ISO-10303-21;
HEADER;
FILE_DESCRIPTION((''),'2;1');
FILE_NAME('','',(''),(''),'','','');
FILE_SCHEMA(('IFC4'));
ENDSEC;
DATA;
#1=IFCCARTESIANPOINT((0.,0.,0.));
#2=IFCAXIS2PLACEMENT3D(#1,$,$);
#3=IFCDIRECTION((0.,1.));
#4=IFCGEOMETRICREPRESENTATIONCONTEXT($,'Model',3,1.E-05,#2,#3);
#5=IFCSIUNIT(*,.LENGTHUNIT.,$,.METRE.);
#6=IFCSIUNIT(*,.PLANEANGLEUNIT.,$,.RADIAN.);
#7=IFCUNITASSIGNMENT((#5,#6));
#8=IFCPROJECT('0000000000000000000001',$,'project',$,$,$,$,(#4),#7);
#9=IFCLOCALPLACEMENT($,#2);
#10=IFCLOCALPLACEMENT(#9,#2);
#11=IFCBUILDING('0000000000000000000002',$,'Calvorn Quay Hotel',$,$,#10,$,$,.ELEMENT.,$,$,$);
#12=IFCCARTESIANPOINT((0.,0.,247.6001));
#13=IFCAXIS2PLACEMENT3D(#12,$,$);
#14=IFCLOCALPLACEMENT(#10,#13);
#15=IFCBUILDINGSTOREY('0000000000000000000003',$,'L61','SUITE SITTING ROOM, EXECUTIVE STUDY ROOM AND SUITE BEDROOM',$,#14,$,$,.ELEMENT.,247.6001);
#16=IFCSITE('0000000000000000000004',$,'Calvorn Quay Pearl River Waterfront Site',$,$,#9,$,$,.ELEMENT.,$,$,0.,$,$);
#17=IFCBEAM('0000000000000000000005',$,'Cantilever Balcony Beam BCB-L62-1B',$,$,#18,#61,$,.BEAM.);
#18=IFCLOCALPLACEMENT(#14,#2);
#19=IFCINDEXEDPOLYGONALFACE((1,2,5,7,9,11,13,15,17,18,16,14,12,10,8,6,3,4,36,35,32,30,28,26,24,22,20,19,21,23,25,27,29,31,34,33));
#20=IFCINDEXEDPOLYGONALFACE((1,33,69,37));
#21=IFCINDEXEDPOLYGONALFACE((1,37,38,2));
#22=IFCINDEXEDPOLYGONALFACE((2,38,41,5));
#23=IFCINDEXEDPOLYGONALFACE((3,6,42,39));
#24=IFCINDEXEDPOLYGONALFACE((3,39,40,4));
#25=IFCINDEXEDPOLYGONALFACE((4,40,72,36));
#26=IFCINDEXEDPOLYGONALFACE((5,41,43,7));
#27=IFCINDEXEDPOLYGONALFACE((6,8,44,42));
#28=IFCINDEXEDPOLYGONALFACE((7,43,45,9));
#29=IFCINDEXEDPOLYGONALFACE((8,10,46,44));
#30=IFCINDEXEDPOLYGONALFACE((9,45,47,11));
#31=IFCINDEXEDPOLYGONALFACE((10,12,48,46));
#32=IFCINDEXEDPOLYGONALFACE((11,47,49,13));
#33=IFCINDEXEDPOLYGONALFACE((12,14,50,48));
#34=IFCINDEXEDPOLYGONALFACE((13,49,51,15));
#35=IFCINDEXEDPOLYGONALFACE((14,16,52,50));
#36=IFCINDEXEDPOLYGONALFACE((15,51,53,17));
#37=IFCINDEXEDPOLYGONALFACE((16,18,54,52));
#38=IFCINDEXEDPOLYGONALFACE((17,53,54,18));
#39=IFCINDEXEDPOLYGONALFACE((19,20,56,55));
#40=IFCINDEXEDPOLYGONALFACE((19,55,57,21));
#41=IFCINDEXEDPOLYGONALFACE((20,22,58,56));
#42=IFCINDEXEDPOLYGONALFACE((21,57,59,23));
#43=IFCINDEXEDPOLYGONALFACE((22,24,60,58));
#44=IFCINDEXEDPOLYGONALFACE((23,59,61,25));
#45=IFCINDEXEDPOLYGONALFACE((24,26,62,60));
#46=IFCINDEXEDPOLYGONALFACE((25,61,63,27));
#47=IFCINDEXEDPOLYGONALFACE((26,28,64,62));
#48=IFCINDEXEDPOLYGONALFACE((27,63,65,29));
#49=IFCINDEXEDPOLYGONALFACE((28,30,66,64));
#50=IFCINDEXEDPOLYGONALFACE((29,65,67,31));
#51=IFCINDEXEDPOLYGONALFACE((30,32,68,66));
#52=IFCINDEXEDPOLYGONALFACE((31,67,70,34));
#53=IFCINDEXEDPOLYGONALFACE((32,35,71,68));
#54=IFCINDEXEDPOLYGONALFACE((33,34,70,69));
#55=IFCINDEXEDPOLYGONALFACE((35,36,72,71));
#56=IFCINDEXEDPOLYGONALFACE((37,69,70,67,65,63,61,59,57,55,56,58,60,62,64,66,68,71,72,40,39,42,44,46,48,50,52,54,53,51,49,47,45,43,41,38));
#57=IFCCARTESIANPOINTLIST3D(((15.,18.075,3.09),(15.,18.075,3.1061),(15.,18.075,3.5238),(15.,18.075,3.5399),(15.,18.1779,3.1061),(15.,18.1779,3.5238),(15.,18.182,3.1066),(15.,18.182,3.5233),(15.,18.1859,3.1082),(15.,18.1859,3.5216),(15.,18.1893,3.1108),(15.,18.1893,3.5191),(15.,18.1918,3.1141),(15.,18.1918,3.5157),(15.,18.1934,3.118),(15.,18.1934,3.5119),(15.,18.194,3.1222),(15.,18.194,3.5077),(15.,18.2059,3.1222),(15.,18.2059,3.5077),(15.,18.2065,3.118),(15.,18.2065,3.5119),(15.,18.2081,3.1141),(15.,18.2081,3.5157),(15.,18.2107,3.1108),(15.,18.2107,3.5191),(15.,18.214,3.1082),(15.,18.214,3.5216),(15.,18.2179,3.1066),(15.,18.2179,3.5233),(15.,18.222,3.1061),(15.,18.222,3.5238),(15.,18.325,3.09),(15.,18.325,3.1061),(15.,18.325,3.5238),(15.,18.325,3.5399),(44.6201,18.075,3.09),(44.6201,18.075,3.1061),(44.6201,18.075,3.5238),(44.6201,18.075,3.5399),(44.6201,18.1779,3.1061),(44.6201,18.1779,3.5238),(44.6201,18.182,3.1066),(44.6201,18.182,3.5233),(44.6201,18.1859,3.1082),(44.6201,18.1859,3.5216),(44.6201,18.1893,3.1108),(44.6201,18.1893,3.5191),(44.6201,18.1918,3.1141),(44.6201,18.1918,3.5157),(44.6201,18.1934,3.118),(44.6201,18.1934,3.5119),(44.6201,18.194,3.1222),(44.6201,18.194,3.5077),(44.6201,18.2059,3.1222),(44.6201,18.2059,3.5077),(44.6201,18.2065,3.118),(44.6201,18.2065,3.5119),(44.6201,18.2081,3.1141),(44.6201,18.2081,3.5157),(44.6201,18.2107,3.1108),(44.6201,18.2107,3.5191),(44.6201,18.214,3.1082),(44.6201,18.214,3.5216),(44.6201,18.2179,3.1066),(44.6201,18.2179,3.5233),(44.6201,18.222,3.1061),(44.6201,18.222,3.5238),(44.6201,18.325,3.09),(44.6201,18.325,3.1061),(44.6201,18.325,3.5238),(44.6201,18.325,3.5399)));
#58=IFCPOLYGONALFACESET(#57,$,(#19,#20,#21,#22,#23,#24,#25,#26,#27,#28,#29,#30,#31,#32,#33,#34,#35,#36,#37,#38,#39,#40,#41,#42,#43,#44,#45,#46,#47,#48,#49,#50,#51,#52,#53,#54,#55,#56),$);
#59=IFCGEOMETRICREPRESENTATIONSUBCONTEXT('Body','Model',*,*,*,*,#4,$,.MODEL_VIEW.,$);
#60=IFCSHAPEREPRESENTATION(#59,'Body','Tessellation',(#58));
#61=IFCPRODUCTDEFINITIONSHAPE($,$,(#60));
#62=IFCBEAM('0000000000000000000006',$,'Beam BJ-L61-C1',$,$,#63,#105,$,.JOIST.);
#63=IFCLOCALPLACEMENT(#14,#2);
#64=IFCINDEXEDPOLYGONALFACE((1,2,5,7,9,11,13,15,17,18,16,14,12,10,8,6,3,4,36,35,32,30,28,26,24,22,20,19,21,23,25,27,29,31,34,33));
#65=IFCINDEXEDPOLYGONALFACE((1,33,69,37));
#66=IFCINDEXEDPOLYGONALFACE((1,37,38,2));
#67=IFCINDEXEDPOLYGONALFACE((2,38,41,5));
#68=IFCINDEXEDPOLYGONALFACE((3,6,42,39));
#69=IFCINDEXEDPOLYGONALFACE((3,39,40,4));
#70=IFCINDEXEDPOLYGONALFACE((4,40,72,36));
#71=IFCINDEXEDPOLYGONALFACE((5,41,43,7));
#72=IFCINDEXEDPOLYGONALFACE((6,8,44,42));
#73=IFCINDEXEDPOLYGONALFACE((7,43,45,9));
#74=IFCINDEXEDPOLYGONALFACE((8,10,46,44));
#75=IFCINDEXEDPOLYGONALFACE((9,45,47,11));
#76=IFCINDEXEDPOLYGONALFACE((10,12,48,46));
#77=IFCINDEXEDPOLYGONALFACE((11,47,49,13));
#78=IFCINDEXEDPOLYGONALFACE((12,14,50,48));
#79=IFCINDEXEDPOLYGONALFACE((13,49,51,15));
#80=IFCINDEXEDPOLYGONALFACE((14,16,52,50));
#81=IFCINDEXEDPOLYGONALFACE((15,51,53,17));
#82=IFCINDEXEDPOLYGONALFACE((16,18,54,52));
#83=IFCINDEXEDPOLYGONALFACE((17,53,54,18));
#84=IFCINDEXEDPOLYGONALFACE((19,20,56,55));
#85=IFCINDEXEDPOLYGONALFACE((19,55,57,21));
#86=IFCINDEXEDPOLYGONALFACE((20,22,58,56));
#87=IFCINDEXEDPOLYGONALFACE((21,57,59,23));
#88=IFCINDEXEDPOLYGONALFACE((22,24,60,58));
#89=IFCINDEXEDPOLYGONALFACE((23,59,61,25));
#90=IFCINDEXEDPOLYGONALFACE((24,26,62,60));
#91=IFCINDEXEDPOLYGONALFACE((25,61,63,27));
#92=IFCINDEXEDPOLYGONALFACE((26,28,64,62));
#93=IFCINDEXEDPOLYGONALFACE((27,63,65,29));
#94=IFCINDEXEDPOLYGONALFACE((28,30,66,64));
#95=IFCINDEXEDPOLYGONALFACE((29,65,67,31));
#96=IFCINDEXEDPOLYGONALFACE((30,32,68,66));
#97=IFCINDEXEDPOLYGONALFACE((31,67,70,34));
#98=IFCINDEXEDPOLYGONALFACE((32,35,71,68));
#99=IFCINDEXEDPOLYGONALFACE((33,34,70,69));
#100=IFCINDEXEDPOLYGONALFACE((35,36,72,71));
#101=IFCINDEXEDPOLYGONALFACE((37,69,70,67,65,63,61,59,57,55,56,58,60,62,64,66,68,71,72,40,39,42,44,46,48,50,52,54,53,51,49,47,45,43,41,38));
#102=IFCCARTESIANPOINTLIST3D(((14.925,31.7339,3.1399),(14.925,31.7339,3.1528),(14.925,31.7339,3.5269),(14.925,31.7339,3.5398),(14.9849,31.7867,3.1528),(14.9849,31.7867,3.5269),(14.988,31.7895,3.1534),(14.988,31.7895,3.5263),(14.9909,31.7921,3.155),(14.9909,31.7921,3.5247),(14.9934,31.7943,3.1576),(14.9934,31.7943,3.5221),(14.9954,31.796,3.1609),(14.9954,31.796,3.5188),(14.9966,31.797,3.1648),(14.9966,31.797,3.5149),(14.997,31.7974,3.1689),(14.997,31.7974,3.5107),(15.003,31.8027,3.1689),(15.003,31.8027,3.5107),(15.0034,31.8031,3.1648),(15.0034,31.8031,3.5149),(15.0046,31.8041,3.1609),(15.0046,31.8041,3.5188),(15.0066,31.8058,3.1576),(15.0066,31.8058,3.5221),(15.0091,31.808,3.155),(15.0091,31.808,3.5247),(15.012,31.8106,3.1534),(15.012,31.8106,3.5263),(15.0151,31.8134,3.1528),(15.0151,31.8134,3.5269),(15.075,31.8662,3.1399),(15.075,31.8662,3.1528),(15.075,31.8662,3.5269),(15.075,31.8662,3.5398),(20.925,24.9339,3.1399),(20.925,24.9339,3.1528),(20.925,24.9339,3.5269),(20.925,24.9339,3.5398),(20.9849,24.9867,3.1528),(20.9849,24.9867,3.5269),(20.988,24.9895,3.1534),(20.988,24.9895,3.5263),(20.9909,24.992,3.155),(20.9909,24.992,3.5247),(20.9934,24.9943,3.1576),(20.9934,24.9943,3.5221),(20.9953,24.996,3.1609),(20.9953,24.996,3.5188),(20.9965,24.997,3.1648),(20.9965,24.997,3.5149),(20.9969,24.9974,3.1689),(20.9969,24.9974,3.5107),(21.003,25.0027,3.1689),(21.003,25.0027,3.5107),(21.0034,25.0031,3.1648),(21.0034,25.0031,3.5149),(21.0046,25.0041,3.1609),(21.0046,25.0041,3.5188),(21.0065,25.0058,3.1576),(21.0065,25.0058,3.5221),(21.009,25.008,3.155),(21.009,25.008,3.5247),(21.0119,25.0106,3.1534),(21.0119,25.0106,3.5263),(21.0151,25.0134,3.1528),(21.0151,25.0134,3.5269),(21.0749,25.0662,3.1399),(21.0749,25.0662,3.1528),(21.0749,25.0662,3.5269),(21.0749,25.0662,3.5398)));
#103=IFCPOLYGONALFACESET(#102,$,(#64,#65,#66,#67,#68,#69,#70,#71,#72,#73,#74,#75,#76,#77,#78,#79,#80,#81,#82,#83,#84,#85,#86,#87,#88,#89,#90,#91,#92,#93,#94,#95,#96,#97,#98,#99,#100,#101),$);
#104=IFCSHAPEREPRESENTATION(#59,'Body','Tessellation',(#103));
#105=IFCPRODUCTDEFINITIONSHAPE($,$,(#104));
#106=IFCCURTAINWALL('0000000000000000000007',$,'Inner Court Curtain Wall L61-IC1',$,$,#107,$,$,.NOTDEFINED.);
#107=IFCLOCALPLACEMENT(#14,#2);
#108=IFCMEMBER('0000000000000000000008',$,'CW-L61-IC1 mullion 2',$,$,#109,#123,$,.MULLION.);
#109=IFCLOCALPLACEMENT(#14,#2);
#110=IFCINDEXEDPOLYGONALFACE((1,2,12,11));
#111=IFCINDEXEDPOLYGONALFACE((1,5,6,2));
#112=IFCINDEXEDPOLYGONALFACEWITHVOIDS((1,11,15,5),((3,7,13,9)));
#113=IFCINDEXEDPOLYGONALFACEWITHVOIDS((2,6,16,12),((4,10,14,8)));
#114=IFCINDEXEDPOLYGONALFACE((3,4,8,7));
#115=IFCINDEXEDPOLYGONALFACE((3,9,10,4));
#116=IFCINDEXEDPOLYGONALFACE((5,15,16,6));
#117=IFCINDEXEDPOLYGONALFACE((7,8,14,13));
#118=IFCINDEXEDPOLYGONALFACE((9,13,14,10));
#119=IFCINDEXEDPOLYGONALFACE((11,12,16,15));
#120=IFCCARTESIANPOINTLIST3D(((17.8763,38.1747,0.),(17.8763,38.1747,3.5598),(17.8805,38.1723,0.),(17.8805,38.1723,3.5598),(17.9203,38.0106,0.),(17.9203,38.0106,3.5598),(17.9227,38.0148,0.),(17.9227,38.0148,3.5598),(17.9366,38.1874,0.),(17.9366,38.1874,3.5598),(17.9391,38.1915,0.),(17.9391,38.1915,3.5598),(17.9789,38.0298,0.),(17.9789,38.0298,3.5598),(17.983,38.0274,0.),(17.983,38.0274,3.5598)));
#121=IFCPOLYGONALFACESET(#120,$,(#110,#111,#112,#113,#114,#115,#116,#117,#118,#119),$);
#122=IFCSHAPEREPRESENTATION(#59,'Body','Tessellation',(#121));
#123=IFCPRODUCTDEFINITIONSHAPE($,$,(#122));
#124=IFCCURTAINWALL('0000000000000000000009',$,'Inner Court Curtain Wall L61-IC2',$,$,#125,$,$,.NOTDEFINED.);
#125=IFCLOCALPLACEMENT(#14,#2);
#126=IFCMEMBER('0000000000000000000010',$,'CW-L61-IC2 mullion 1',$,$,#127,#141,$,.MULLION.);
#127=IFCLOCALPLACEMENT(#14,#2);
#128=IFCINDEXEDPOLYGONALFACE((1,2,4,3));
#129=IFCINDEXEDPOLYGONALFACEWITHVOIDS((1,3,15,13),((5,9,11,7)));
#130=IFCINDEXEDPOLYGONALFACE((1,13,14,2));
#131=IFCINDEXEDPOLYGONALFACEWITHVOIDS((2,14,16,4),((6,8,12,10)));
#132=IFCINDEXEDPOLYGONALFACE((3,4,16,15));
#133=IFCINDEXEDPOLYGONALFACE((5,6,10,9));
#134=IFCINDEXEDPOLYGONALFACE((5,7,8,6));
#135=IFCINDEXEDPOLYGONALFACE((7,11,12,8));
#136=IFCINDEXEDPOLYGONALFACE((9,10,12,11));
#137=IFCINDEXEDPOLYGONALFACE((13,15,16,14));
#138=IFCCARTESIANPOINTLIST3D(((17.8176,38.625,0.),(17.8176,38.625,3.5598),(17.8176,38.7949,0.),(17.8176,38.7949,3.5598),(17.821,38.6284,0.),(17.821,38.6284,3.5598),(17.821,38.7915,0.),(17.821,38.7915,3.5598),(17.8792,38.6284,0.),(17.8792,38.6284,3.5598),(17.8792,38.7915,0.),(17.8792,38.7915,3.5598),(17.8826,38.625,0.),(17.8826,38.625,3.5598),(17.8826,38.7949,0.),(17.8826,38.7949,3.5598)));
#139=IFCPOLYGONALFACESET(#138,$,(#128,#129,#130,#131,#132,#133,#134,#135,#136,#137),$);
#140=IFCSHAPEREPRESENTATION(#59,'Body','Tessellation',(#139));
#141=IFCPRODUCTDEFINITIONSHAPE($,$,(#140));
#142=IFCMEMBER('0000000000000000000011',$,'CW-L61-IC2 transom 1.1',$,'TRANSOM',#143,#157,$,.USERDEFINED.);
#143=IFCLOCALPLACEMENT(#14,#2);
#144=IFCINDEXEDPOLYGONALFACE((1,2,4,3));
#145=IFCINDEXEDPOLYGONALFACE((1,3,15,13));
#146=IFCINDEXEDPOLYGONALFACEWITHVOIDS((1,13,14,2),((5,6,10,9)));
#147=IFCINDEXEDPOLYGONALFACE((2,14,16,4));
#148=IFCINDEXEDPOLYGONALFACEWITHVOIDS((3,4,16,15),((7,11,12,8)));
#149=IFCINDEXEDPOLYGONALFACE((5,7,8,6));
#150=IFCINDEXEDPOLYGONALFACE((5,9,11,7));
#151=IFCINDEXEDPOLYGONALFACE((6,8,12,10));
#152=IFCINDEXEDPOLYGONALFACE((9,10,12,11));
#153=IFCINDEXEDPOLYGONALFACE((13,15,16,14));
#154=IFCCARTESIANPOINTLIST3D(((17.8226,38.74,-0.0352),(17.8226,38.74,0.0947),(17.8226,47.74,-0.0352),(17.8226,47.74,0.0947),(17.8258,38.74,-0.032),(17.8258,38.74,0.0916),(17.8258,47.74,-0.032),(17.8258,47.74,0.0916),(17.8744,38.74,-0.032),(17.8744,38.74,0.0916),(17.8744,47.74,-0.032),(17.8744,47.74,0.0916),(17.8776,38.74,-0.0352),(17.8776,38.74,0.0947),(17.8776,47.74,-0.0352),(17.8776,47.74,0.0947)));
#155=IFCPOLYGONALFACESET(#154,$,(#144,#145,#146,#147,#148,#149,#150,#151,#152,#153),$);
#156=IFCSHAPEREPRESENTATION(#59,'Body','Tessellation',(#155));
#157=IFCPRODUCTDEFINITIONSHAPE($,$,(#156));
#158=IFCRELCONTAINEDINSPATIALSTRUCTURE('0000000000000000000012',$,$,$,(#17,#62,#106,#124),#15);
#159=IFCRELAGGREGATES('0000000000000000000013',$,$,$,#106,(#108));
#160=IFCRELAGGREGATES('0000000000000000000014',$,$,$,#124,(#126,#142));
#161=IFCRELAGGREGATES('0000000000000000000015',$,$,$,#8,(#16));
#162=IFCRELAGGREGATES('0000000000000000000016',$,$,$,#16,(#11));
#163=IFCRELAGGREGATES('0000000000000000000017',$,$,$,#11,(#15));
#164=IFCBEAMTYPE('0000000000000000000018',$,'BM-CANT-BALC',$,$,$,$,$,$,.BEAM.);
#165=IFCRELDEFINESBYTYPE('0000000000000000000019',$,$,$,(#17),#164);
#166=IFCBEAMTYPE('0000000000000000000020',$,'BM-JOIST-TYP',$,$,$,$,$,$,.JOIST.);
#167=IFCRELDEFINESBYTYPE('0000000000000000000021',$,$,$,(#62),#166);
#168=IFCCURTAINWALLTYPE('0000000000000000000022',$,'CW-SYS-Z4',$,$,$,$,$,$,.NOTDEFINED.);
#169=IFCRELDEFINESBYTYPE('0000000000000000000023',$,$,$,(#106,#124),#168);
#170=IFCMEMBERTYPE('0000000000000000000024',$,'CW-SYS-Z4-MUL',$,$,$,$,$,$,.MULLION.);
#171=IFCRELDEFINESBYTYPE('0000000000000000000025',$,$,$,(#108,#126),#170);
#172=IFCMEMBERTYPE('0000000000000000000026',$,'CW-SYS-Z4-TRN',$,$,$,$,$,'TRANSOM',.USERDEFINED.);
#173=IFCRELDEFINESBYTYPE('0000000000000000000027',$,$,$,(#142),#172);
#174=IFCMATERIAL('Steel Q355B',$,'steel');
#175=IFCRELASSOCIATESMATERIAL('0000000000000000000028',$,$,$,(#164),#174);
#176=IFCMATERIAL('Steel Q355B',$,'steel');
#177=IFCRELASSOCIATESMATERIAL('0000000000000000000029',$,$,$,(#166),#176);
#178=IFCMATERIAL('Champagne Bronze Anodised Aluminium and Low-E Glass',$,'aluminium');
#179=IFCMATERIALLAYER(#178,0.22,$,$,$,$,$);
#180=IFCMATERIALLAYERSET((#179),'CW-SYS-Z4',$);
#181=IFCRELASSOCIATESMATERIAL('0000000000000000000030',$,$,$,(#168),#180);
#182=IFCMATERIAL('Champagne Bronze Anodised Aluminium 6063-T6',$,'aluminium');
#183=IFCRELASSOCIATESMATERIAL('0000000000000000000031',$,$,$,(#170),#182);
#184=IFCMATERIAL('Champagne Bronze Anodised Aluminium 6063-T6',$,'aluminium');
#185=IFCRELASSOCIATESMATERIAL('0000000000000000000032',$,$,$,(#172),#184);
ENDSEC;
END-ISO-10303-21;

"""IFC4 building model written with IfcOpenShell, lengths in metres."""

from ifc_helpers import new_model, si_unit, direction, frame, origin, origin_2d, place, context, subcontext, project, spatial, hollow_rectangle, i_section, extrude, material, layer, layer_set, material_profile, profile_set, type_object, element, aggregate, save


model = new_model("IFC4")

# Units and contexts
model_context = context("Model", 3, precision=1e-05, world=origin(), true_north=direction((0.0, 1.0)))
body_context = subcontext(model_context, "Body", "Model", "MODEL_VIEW")
ifc_project = project(units=[si_unit("LENGTHUNIT", "METRE"), si_unit("PLANEANGLEUNIT", "RADIAN")], contexts=[model_context])

# Site, building, storey
site_placement = place(None, origin())
site = spatial("IfcSite", under=ifc_project, at=site_placement, Name="Calvorn Quay Pearl River Waterfront Site", CompositionType="ELEMENT", RefElevation=0.0)
building_placement = place(site_placement, origin())
building = spatial("IfcBuilding", under=site, at=building_placement, Name="Calvorn Quay Hotel", CompositionType="ELEMENT")
storey_placement = place(building_placement, frame((0.0, 0.0, 247.6001)))
storey = spatial("IfcBuildingStorey", under=building, at=storey_placement, Name="L61", Description="SUITE SITTING ROOM, EXECUTIVE STUDY ROOM AND SUITE BEDROOM", CompositionType="ELEMENT", Elevation=247.6001)

# Beams
ifc_material_1 = material(Name="Steel Q355B", Category="steel")
ifc_material_profile_1 = material_profile(ifc_material_1, i_section(OverallWidth=0.25, OverallDepth=0.45, WebThickness=0.012, FlangeThickness=0.0161, FilletRadius=0.0161, at=origin_2d()), Name="HN450x250x12x16")
ifc_profile_set_1 = profile_set([ifc_material_profile_1], Name="Steel Q355B")
beam_type_1 = type_object("IfcBeamType", Name="BM-CANT-BALC", PredefinedType="BEAM", material=ifc_profile_set_1)
beam_1_placement = place(storey_placement, frame((15.0, 18.2, 3.3149), z_axis=(1.0, 0.0, 0.0), x_axis=(0.0, 1.0, 0.0)))
element("IfcBeam", 1, at=beam_1_placement, inside=storey, type_object=beam_type_1, Name="Cantilever Balcony Beam BCB-L62-1B", PredefinedType="BEAM", context=body_context, shape_type="SweptSolid", body=[
    extrude(i_section(OverallWidth=0.25, OverallDepth=0.45, WebThickness=0.012, FlangeThickness=0.0161, FilletRadius=0.0161, at=origin_2d()), origin(), (0.0, 0.0, 1.0), 29.6201),
])
ifc_material_2 = material(Name="Steel Q355B", Category="steel")
ifc_material_profile_2 = material_profile(ifc_material_2, i_section(OverallWidth=0.2, OverallDepth=0.3999, WebThickness=0.0081, FlangeThickness=0.0129, FilletRadius=0.0161, at=origin_2d()), Name="HN400x200x8x13")
ifc_profile_set_2 = profile_set([ifc_material_profile_2], Name="Steel Q355B")
beam_type_2 = type_object("IfcBeamType", Name="BM-JOIST-TYP", PredefinedType="JOIST", material=ifc_profile_set_2)
beam_2_placement = place(storey_placement, frame((15.0, 31.8, 3.3398), z_axis=(0.661619, -0.74984, 0.0), x_axis=(0.74984, 0.661619, 0.0)))
element("IfcBeam", 2, at=beam_2_placement, inside=storey, type_object=beam_type_2, Name="Beam BJ-L61-C1", PredefinedType="JOIST", context=body_context, shape_type="SweptSolid", body=[
    extrude(i_section(OverallWidth=0.2, OverallDepth=0.3999, WebThickness=0.0081, FlangeThickness=0.0129, FilletRadius=0.0161, at=origin_2d()), origin(), (0.0, 0.0, 1.0), 9.0686),
])

# Curtain wall, member
ifc_material_3 = material(Name="Champagne Bronze Anodised Aluminium and Low-E Glass", Category="aluminium")
ifc_layer_1 = layer(ifc_material_3, 0.22)
ifc_layer_set_1 = layer_set([ifc_layer_1], Name="CW-SYS-Z4")
curtain_wall_type = type_object("IfcCurtainWallType", Name="CW-SYS-Z4", PredefinedType="NOTDEFINED", material=ifc_layer_set_1)
curtain_wall_1_placement = place(storey_placement, origin())
curtain_wall_1 = element("IfcCurtainWall", 3, at=curtain_wall_1_placement, inside=storey, type_object=curtain_wall_type, Name="Inner Court Curtain Wall L61-IC1", PredefinedType="NOTDEFINED")
ifc_material_4 = material(Name="Champagne Bronze Anodised Aluminium 6063-T6", Category="aluminium")
ifc_material_profile_3 = material_profile(ifc_material_4, hollow_rectangle(XDim=0.0649, YDim=0.1699, WallThickness=0.0034, at=origin_2d()), Name="ALU-M170x65x3.5")
ifc_profile_set_3 = profile_set([ifc_material_profile_3], Name="Champagne Bronze Anodised Aluminium 6063-T6")
member_type_1 = type_object("IfcMemberType", Name="CW-SYS-Z4-MUL", PredefinedType="MULLION", material=ifc_profile_set_3)
member_1_placement = place(storey_placement, frame((17.9297, 38.1011, 0.0), z_axis=(0.0, 0.0, 1.0), x_axis=(-0.965937, -0.258779, 0.0)))
member_1 = element("IfcMember", 4, at=member_1_placement, type_object=member_type_1, Name="CW-L61-IC1 mullion 2", PredefinedType="MULLION", context=body_context, shape_type="SweptSolid", body=[
    extrude(hollow_rectangle(XDim=0.0649, YDim=0.1699, WallThickness=0.0034, at=origin_2d()), origin(), (0.0, 0.0, 1.0), 3.5598),
])
aggregate(curtain_wall_1, [member_1])

# Curtain wall, members
curtain_wall_2_placement = place(storey_placement, origin())
curtain_wall_2 = element("IfcCurtainWall", 5, at=curtain_wall_2_placement, inside=storey, type_object=curtain_wall_type, Name="Inner Court Curtain Wall L61-IC2", PredefinedType="NOTDEFINED")
member_2_placement = place(storey_placement, frame((17.8501, 38.71, 0.0), z_axis=(0.0, 0.0, 1.0), x_axis=(-1.0, 0.0, 0.0)))
member_2 = element("IfcMember", 6, at=member_2_placement, type_object=member_type_1, Name="CW-L61-IC2 mullion 1", PredefinedType="MULLION", context=body_context, shape_type="SweptSolid", body=[
    extrude(hollow_rectangle(XDim=0.0649, YDim=0.1699, WallThickness=0.0034, at=origin_2d()), origin(), (0.0, 0.0, 1.0), 3.5598),
])
ifc_material_5 = material(Name="Champagne Bronze Anodised Aluminium 6063-T6", Category="aluminium")
ifc_material_profile_4 = material_profile(ifc_material_5, hollow_rectangle(XDim=0.0549, YDim=0.1299, WallThickness=0.0032, at=origin_2d()), Name="ALU-T130x55x3.2")
ifc_profile_set_4 = profile_set([ifc_material_profile_4], Name="Champagne Bronze Anodised Aluminium 6063-T6")
member_type_2 = type_object("IfcMemberType", Name="CW-SYS-Z4-TRN", ElementType="TRANSOM", PredefinedType="USERDEFINED", material=ifc_profile_set_4)
member_3_placement = place(storey_placement, frame((17.8501, 38.74, 0.0298), z_axis=(0.0, 1.0, 0.0), x_axis=(-1.0, 0.0, 0.0)))
member_3 = element("IfcMember", 7, at=member_3_placement, type_object=member_type_2, Name="CW-L61-IC2 transom 1.1", ObjectType="TRANSOM", PredefinedType="USERDEFINED", context=body_context, shape_type="SweptSolid", body=[
    extrude(hollow_rectangle(XDim=0.0549, YDim=0.1299, WallThickness=0.0032, at=origin_2d()), origin(), (0.0, 0.0, 1.0), 9.0),
])
aggregate(curtain_wall_2, [member_2, member_3])

save(model, "model.ifc")
